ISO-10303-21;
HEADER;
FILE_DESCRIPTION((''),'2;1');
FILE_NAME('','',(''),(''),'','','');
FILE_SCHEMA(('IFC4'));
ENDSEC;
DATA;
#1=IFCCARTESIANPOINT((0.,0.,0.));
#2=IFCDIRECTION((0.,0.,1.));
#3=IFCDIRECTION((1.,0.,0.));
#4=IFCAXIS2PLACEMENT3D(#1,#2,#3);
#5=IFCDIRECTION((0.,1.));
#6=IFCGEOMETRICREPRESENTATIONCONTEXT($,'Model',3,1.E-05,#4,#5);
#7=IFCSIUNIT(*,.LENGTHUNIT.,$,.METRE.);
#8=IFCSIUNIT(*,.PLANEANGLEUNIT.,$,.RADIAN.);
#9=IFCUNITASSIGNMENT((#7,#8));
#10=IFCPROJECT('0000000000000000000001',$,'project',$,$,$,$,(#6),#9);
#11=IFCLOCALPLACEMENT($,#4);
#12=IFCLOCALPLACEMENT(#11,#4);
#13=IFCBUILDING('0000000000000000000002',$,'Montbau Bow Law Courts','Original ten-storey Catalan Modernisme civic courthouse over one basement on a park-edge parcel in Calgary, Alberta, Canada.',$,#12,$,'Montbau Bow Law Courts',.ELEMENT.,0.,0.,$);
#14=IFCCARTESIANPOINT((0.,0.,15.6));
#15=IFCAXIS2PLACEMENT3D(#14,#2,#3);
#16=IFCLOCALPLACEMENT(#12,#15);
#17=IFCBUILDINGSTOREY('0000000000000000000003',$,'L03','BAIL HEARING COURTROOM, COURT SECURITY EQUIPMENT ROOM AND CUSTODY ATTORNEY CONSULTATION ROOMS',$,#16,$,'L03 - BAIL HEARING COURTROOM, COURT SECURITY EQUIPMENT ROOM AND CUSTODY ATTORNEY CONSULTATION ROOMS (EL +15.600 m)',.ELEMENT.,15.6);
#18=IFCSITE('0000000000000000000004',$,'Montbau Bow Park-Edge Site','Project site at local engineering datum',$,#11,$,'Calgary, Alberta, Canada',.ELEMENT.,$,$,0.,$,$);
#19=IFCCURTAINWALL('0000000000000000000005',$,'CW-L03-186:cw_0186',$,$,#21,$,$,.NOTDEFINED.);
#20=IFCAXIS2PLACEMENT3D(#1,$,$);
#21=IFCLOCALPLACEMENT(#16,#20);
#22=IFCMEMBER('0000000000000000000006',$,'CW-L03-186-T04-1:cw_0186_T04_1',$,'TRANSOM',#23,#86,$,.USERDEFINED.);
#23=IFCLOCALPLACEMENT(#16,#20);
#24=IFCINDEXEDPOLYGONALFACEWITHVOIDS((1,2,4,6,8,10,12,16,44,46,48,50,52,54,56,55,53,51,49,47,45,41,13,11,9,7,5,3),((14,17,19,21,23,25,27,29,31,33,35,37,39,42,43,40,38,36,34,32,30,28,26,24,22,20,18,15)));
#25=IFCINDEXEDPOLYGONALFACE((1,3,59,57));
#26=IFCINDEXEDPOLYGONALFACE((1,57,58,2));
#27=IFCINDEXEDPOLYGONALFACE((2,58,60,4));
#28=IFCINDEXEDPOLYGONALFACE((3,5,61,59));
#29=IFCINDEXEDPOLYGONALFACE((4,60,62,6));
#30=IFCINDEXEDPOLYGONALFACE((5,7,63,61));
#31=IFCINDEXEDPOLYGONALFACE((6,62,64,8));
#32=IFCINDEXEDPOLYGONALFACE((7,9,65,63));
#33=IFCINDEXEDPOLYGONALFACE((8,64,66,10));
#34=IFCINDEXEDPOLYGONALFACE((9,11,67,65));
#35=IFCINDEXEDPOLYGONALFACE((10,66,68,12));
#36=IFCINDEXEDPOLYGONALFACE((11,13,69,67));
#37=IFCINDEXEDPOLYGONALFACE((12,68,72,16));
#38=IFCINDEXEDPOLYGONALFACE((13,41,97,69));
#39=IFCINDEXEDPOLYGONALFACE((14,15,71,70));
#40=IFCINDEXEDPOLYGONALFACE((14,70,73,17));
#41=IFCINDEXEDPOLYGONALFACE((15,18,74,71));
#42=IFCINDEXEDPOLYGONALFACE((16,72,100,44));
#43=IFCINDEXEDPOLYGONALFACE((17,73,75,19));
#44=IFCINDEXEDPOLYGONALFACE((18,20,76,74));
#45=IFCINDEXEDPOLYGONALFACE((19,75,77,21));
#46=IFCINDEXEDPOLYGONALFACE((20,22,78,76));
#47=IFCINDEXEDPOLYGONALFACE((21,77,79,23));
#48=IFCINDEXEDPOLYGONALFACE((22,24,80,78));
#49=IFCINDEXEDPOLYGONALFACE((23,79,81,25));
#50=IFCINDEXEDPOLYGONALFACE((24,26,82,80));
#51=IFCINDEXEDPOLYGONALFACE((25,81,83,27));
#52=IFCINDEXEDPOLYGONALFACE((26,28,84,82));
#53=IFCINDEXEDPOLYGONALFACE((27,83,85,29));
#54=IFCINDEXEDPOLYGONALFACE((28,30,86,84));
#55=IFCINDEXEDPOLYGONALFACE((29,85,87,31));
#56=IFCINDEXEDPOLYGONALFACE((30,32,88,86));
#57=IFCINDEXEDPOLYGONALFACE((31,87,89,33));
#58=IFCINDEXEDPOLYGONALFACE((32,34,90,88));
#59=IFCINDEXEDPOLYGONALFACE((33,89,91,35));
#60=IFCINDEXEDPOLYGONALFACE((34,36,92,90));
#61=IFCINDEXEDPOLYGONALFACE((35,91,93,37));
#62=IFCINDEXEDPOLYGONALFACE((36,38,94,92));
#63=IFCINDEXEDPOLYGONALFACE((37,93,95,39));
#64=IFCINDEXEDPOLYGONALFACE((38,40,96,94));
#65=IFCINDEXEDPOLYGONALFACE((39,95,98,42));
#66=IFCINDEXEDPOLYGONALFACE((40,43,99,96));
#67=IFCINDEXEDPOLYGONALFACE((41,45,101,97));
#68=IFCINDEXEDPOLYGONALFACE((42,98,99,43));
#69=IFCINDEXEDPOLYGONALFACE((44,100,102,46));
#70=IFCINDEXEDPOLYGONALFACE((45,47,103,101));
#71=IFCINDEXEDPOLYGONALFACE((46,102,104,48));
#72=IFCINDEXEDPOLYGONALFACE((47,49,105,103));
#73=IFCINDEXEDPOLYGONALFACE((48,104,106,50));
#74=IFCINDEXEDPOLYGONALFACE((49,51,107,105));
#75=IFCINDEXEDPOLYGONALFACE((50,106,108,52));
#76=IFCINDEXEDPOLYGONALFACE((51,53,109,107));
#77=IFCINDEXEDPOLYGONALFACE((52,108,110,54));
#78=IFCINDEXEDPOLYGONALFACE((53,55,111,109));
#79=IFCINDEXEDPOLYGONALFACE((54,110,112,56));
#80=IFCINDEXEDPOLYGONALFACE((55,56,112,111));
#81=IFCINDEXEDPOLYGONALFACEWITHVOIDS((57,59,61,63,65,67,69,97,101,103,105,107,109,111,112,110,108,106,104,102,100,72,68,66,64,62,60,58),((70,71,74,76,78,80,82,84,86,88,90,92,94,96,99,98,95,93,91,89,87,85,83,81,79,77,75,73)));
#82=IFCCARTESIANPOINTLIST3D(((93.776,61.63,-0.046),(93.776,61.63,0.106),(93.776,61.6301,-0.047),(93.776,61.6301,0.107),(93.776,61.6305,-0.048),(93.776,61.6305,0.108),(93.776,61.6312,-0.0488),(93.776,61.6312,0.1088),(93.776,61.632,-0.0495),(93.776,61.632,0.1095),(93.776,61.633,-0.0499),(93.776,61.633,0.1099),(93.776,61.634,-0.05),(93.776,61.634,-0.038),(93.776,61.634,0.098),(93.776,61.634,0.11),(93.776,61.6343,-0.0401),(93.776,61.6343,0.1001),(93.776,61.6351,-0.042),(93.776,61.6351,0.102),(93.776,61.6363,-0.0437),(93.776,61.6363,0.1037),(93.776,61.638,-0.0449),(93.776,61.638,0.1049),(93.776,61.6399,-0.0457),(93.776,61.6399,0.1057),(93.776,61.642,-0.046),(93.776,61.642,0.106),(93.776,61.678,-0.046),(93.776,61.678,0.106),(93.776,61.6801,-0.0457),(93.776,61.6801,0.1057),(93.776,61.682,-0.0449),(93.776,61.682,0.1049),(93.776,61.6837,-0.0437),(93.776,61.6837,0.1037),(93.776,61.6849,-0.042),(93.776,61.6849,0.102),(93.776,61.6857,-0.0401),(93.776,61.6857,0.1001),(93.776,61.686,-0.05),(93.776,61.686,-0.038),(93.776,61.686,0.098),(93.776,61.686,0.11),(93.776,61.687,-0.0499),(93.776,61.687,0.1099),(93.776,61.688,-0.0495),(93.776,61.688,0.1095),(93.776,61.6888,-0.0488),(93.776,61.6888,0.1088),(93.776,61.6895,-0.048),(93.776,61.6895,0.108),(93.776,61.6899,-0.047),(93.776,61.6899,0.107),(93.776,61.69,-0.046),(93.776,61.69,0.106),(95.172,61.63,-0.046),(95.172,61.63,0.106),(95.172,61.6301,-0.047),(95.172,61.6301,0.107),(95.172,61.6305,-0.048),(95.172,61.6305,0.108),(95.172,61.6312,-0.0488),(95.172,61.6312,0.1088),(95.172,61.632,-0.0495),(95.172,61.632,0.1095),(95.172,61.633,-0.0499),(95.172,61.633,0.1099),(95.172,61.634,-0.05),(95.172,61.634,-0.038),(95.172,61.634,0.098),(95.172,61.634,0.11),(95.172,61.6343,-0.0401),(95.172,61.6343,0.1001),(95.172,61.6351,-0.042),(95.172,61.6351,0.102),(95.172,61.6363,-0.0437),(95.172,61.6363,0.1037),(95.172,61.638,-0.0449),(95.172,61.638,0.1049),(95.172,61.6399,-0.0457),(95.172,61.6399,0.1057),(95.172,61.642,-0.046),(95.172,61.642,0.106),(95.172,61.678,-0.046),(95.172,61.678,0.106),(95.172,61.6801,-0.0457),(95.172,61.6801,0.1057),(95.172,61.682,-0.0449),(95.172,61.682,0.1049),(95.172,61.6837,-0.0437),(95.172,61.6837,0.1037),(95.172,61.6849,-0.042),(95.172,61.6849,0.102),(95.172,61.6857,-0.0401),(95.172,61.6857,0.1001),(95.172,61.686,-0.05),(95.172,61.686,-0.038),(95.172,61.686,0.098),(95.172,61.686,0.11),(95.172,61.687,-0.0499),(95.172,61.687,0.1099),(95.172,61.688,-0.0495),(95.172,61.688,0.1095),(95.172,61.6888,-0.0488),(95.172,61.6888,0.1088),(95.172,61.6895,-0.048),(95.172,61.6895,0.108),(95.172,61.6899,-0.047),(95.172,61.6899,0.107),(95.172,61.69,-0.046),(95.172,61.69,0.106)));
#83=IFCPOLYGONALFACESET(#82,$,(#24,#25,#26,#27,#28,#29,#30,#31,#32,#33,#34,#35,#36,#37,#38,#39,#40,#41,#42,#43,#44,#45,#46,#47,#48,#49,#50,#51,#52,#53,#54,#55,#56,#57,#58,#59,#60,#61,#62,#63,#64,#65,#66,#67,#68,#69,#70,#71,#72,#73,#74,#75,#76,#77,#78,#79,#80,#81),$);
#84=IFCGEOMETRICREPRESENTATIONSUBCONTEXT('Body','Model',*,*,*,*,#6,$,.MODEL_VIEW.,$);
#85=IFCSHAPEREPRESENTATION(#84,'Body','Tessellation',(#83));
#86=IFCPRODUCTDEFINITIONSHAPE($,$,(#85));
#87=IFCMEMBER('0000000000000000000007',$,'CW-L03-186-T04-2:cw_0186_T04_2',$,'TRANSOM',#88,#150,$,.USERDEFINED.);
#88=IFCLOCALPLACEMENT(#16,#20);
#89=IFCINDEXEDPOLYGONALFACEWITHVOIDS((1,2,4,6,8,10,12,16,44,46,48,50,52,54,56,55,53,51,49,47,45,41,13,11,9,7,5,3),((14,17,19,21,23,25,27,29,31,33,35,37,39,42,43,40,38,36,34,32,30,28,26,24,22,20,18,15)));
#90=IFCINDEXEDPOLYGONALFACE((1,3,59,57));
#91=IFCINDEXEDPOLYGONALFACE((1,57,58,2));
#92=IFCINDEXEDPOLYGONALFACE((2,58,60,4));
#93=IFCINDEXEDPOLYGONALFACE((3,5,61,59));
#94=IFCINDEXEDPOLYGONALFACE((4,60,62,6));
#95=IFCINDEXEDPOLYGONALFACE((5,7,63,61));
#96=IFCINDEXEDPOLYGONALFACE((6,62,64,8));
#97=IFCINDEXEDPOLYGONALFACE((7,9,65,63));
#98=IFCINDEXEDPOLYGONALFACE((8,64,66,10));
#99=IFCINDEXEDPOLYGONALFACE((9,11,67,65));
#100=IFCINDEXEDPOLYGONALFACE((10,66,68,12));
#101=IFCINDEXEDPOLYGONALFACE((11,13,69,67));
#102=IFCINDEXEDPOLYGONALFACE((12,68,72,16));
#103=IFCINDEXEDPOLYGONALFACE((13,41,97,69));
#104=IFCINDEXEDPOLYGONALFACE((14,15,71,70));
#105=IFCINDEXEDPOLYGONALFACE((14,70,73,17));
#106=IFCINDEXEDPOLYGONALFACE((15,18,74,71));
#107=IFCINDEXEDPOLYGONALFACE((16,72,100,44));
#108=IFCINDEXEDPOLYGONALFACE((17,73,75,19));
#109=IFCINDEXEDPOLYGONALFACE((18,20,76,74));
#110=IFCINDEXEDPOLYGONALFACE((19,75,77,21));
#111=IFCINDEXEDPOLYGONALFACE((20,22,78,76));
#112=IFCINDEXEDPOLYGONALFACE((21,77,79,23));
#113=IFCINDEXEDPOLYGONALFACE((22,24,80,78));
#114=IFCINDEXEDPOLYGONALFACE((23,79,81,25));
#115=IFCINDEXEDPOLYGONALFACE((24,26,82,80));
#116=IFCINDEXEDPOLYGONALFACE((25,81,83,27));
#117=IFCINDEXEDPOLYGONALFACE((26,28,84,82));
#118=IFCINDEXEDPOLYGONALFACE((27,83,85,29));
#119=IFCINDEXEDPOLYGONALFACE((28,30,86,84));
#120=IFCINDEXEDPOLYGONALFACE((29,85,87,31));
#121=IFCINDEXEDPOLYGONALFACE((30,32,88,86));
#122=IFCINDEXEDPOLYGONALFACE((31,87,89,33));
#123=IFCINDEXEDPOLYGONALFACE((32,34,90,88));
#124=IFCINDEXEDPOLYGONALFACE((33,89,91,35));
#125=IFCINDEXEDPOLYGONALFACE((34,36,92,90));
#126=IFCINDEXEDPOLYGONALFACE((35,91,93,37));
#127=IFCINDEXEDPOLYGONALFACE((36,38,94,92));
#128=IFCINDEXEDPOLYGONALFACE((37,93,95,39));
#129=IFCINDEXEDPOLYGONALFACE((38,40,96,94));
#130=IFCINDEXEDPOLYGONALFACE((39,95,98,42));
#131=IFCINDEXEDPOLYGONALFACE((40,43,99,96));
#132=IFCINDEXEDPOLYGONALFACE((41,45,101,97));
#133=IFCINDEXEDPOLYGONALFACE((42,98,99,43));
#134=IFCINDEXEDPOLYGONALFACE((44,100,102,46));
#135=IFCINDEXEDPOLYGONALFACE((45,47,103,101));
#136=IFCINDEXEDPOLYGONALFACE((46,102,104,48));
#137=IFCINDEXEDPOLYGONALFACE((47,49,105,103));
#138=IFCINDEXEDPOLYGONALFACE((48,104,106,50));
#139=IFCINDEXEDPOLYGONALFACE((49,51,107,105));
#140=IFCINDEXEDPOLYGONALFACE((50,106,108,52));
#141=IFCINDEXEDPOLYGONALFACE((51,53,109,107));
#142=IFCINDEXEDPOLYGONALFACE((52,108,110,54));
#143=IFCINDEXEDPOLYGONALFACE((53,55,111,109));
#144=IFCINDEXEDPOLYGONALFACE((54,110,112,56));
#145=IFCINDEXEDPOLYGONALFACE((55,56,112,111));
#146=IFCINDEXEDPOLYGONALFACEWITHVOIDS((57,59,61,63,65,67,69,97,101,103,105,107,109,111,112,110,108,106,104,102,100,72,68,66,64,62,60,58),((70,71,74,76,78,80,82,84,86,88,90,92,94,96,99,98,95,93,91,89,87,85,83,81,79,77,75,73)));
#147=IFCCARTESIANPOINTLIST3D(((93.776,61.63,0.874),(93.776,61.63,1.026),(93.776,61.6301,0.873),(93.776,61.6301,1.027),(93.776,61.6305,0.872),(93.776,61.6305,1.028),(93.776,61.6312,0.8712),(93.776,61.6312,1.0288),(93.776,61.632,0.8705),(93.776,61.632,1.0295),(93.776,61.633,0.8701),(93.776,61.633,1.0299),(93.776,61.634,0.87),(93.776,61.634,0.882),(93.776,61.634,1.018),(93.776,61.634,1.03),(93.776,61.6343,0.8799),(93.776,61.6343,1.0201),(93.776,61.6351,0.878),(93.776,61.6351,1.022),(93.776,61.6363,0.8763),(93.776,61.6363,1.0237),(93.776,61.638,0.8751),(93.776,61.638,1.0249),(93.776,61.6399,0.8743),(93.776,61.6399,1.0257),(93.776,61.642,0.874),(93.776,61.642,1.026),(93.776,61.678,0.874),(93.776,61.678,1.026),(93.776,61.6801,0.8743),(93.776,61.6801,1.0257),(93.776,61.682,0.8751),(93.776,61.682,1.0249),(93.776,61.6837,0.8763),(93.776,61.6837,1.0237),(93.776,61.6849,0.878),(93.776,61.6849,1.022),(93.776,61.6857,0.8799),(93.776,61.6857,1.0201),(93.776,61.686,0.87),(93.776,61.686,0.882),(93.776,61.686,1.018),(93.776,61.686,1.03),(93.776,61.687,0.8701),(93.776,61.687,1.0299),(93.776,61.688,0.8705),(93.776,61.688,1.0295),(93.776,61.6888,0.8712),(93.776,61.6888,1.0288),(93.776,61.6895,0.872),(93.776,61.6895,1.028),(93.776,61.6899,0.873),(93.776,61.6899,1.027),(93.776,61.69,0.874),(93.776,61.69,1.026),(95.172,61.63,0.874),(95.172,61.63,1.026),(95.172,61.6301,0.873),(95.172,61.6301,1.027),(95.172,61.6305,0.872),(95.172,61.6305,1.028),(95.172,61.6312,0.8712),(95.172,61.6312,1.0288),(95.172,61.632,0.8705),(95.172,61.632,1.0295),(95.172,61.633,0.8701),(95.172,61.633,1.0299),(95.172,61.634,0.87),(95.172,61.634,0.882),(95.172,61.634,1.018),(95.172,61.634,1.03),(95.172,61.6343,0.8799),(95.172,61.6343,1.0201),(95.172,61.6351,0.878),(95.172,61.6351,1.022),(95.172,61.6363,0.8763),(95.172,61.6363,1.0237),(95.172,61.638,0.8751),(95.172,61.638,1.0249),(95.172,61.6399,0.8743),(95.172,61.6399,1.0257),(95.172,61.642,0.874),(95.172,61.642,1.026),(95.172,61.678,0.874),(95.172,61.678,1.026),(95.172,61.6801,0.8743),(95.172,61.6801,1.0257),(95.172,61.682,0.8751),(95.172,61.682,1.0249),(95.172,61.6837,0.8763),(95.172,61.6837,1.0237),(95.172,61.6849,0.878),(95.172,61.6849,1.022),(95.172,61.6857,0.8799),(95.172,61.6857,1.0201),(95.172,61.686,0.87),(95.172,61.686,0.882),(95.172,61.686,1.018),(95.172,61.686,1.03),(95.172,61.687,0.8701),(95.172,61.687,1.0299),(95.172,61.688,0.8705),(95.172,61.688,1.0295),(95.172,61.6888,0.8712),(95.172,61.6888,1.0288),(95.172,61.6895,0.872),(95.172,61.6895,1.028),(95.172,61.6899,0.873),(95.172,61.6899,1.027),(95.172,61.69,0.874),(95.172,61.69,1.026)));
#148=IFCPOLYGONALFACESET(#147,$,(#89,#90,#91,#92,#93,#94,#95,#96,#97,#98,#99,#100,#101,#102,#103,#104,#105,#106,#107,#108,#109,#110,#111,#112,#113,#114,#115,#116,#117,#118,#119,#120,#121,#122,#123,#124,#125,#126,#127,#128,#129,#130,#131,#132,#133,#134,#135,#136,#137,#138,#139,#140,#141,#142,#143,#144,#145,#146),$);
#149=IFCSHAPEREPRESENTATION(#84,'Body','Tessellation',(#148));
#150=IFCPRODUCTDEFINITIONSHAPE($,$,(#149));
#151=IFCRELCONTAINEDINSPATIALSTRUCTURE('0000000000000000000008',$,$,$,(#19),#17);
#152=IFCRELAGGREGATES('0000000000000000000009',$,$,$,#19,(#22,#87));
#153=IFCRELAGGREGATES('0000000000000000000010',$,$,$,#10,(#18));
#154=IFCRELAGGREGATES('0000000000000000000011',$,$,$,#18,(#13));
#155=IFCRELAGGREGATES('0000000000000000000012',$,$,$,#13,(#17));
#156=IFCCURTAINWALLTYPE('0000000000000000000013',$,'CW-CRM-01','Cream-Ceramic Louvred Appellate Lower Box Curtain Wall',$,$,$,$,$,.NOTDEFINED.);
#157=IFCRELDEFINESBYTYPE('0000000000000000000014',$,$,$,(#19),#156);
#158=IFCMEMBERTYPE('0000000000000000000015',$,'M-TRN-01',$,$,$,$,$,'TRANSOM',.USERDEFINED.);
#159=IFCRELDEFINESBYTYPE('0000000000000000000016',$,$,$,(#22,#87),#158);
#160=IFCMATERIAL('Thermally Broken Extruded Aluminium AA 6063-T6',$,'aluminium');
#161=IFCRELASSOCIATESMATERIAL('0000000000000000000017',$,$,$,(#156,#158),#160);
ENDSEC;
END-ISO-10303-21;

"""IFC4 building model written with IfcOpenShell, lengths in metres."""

from ifc_helpers import new_model, si_unit, direction, frame, origin_with_axes, origin_2d_with_axis, place, context, subcontext, project, spatial, hollow_rectangle, extrude, material, material_profile, profile_set, type_object, element, aggregate, save


model = new_model("IFC4")

# Units and contexts
model_context = context("Model", 3, precision=1e-05, world=origin_with_axes(), true_north=direction((0.0, 1.0)))
body_context = subcontext(model_context, "Body", "Model", "MODEL_VIEW")
ifc_project = project(units=[si_unit("LENGTHUNIT", "METRE"), si_unit("PLANEANGLEUNIT", "RADIAN")], contexts=[model_context])

# Site, building, storey
site_placement = place(None, origin_with_axes())
site = spatial("IfcSite", under=ifc_project, at=site_placement, Name="Montbau Bow Park-Edge Site", Description="Project site at local engineering datum", LongName="Calgary, Alberta, Canada", CompositionType="ELEMENT", RefElevation=0.0)
building_placement = place(site_placement, origin_with_axes())
building = spatial("IfcBuilding", under=site, at=building_placement, Name="Montbau Bow Law Courts", Description="Original ten-storey Catalan Modernisme civic courthouse over one basement on a park-edge parcel in Calgary, Alberta, Canada.", LongName="Montbau Bow Law Courts", CompositionType="ELEMENT", ElevationOfRefHeight=0.0, ElevationOfTerrain=0.0)
storey_placement = place(building_placement, frame((0.0, 0.0, 15.6), z_axis=(0.0, 0.0, 1.0), x_axis=(1.0, 0.0, 0.0)))
storey = spatial("IfcBuildingStorey", under=building, at=storey_placement, Name="L03", Description="BAIL HEARING COURTROOM, COURT SECURITY EQUIPMENT ROOM AND CUSTODY ATTORNEY CONSULTATION ROOMS", LongName="L03 - BAIL HEARING COURTROOM, COURT SECURITY EQUIPMENT ROOM AND CUSTODY ATTORNEY CONSULTATION ROOMS (EL +15.600 m)", CompositionType="ELEMENT", Elevation=15.6)

# Curtain wall
ifc_material_1 = material(Name="Thermally Broken Extruded Aluminium AA 6063-T6", Category="aluminium")
curtain_wall_type = type_object("IfcCurtainWallType", Name="CW-CRM-01", Description="Cream-Ceramic Louvred Appellate Lower Box Curtain Wall", PredefinedType="NOTDEFINED", material=ifc_material_1)
curtain_wall_1_placement = place(None, frame((89.315, 61.66, 15.6), z_axis=(0.0, 0.0, 1.0), x_axis=(1.0, 0.0, 0.0)))
curtain_wall_1 = element("IfcCurtainWall", 1, at=curtain_wall_1_placement, inside=storey, type_object=curtain_wall_type, Name="CW-L03-186:cw_0186", PredefinedType="NOTDEFINED")

# Members
ifc_material_profile_1 = material_profile(ifc_material_1, hollow_rectangle(XDim=0.06, YDim=0.16, WallThickness=0.004, InnerFilletRadius=0.008, OuterFilletRadius=0.004, at=origin_2d_with_axis()), Name="CWT-160X60", Category="Main", Priority=0)
ifc_profile_set_1 = profile_set([ifc_material_profile_1], Name="Thermally Broken Extruded Aluminium AA 6063-T6")
member_type_1 = type_object("IfcMemberType", Name="M-TRN-01", ElementType="TRANSOM", PredefinedType="USERDEFINED", material=ifc_profile_set_1)
member_1_placement = place(None, frame((93.776, 61.66, 15.63), z_axis=(1.0, 0.0, 0.0), x_axis=(0.0, 1.0, 0.0)))
member_1 = element("IfcMember", 2, at=member_1_placement, type_object=member_type_1, Name="CW-L03-186-T04-1:cw_0186_T04_1", ObjectType="TRANSOM", PredefinedType="USERDEFINED", context=body_context, shape_type="SweptSolid", body=[
    extrude(hollow_rectangle(XDim=0.06, YDim=0.16, WallThickness=0.004, InnerFilletRadius=0.008, OuterFilletRadius=0.004, at=origin_2d_with_axis()), origin_with_axes(), (0.0, 0.0, 1.0), 1.396),
])
member_2_placement = place(None, frame((93.776, 61.66, 16.55), z_axis=(1.0, 0.0, 0.0), x_axis=(0.0, 1.0, 0.0)))
member_2 = element("IfcMember", 3, at=member_2_placement, type_object=member_type_1, Name="CW-L03-186-T04-2:cw_0186_T04_2", ObjectType="TRANSOM", PredefinedType="USERDEFINED", context=body_context, shape_type="SweptSolid", body=[
    extrude(hollow_rectangle(XDim=0.06, YDim=0.16, WallThickness=0.004, InnerFilletRadius=0.008, OuterFilletRadius=0.004, at=origin_2d_with_axis()), origin_with_axes(), (0.0, 0.0, 1.0), 1.396),
])

aggregate(curtain_wall_1, [member_1, member_2])

save(model, "model.ifc")
